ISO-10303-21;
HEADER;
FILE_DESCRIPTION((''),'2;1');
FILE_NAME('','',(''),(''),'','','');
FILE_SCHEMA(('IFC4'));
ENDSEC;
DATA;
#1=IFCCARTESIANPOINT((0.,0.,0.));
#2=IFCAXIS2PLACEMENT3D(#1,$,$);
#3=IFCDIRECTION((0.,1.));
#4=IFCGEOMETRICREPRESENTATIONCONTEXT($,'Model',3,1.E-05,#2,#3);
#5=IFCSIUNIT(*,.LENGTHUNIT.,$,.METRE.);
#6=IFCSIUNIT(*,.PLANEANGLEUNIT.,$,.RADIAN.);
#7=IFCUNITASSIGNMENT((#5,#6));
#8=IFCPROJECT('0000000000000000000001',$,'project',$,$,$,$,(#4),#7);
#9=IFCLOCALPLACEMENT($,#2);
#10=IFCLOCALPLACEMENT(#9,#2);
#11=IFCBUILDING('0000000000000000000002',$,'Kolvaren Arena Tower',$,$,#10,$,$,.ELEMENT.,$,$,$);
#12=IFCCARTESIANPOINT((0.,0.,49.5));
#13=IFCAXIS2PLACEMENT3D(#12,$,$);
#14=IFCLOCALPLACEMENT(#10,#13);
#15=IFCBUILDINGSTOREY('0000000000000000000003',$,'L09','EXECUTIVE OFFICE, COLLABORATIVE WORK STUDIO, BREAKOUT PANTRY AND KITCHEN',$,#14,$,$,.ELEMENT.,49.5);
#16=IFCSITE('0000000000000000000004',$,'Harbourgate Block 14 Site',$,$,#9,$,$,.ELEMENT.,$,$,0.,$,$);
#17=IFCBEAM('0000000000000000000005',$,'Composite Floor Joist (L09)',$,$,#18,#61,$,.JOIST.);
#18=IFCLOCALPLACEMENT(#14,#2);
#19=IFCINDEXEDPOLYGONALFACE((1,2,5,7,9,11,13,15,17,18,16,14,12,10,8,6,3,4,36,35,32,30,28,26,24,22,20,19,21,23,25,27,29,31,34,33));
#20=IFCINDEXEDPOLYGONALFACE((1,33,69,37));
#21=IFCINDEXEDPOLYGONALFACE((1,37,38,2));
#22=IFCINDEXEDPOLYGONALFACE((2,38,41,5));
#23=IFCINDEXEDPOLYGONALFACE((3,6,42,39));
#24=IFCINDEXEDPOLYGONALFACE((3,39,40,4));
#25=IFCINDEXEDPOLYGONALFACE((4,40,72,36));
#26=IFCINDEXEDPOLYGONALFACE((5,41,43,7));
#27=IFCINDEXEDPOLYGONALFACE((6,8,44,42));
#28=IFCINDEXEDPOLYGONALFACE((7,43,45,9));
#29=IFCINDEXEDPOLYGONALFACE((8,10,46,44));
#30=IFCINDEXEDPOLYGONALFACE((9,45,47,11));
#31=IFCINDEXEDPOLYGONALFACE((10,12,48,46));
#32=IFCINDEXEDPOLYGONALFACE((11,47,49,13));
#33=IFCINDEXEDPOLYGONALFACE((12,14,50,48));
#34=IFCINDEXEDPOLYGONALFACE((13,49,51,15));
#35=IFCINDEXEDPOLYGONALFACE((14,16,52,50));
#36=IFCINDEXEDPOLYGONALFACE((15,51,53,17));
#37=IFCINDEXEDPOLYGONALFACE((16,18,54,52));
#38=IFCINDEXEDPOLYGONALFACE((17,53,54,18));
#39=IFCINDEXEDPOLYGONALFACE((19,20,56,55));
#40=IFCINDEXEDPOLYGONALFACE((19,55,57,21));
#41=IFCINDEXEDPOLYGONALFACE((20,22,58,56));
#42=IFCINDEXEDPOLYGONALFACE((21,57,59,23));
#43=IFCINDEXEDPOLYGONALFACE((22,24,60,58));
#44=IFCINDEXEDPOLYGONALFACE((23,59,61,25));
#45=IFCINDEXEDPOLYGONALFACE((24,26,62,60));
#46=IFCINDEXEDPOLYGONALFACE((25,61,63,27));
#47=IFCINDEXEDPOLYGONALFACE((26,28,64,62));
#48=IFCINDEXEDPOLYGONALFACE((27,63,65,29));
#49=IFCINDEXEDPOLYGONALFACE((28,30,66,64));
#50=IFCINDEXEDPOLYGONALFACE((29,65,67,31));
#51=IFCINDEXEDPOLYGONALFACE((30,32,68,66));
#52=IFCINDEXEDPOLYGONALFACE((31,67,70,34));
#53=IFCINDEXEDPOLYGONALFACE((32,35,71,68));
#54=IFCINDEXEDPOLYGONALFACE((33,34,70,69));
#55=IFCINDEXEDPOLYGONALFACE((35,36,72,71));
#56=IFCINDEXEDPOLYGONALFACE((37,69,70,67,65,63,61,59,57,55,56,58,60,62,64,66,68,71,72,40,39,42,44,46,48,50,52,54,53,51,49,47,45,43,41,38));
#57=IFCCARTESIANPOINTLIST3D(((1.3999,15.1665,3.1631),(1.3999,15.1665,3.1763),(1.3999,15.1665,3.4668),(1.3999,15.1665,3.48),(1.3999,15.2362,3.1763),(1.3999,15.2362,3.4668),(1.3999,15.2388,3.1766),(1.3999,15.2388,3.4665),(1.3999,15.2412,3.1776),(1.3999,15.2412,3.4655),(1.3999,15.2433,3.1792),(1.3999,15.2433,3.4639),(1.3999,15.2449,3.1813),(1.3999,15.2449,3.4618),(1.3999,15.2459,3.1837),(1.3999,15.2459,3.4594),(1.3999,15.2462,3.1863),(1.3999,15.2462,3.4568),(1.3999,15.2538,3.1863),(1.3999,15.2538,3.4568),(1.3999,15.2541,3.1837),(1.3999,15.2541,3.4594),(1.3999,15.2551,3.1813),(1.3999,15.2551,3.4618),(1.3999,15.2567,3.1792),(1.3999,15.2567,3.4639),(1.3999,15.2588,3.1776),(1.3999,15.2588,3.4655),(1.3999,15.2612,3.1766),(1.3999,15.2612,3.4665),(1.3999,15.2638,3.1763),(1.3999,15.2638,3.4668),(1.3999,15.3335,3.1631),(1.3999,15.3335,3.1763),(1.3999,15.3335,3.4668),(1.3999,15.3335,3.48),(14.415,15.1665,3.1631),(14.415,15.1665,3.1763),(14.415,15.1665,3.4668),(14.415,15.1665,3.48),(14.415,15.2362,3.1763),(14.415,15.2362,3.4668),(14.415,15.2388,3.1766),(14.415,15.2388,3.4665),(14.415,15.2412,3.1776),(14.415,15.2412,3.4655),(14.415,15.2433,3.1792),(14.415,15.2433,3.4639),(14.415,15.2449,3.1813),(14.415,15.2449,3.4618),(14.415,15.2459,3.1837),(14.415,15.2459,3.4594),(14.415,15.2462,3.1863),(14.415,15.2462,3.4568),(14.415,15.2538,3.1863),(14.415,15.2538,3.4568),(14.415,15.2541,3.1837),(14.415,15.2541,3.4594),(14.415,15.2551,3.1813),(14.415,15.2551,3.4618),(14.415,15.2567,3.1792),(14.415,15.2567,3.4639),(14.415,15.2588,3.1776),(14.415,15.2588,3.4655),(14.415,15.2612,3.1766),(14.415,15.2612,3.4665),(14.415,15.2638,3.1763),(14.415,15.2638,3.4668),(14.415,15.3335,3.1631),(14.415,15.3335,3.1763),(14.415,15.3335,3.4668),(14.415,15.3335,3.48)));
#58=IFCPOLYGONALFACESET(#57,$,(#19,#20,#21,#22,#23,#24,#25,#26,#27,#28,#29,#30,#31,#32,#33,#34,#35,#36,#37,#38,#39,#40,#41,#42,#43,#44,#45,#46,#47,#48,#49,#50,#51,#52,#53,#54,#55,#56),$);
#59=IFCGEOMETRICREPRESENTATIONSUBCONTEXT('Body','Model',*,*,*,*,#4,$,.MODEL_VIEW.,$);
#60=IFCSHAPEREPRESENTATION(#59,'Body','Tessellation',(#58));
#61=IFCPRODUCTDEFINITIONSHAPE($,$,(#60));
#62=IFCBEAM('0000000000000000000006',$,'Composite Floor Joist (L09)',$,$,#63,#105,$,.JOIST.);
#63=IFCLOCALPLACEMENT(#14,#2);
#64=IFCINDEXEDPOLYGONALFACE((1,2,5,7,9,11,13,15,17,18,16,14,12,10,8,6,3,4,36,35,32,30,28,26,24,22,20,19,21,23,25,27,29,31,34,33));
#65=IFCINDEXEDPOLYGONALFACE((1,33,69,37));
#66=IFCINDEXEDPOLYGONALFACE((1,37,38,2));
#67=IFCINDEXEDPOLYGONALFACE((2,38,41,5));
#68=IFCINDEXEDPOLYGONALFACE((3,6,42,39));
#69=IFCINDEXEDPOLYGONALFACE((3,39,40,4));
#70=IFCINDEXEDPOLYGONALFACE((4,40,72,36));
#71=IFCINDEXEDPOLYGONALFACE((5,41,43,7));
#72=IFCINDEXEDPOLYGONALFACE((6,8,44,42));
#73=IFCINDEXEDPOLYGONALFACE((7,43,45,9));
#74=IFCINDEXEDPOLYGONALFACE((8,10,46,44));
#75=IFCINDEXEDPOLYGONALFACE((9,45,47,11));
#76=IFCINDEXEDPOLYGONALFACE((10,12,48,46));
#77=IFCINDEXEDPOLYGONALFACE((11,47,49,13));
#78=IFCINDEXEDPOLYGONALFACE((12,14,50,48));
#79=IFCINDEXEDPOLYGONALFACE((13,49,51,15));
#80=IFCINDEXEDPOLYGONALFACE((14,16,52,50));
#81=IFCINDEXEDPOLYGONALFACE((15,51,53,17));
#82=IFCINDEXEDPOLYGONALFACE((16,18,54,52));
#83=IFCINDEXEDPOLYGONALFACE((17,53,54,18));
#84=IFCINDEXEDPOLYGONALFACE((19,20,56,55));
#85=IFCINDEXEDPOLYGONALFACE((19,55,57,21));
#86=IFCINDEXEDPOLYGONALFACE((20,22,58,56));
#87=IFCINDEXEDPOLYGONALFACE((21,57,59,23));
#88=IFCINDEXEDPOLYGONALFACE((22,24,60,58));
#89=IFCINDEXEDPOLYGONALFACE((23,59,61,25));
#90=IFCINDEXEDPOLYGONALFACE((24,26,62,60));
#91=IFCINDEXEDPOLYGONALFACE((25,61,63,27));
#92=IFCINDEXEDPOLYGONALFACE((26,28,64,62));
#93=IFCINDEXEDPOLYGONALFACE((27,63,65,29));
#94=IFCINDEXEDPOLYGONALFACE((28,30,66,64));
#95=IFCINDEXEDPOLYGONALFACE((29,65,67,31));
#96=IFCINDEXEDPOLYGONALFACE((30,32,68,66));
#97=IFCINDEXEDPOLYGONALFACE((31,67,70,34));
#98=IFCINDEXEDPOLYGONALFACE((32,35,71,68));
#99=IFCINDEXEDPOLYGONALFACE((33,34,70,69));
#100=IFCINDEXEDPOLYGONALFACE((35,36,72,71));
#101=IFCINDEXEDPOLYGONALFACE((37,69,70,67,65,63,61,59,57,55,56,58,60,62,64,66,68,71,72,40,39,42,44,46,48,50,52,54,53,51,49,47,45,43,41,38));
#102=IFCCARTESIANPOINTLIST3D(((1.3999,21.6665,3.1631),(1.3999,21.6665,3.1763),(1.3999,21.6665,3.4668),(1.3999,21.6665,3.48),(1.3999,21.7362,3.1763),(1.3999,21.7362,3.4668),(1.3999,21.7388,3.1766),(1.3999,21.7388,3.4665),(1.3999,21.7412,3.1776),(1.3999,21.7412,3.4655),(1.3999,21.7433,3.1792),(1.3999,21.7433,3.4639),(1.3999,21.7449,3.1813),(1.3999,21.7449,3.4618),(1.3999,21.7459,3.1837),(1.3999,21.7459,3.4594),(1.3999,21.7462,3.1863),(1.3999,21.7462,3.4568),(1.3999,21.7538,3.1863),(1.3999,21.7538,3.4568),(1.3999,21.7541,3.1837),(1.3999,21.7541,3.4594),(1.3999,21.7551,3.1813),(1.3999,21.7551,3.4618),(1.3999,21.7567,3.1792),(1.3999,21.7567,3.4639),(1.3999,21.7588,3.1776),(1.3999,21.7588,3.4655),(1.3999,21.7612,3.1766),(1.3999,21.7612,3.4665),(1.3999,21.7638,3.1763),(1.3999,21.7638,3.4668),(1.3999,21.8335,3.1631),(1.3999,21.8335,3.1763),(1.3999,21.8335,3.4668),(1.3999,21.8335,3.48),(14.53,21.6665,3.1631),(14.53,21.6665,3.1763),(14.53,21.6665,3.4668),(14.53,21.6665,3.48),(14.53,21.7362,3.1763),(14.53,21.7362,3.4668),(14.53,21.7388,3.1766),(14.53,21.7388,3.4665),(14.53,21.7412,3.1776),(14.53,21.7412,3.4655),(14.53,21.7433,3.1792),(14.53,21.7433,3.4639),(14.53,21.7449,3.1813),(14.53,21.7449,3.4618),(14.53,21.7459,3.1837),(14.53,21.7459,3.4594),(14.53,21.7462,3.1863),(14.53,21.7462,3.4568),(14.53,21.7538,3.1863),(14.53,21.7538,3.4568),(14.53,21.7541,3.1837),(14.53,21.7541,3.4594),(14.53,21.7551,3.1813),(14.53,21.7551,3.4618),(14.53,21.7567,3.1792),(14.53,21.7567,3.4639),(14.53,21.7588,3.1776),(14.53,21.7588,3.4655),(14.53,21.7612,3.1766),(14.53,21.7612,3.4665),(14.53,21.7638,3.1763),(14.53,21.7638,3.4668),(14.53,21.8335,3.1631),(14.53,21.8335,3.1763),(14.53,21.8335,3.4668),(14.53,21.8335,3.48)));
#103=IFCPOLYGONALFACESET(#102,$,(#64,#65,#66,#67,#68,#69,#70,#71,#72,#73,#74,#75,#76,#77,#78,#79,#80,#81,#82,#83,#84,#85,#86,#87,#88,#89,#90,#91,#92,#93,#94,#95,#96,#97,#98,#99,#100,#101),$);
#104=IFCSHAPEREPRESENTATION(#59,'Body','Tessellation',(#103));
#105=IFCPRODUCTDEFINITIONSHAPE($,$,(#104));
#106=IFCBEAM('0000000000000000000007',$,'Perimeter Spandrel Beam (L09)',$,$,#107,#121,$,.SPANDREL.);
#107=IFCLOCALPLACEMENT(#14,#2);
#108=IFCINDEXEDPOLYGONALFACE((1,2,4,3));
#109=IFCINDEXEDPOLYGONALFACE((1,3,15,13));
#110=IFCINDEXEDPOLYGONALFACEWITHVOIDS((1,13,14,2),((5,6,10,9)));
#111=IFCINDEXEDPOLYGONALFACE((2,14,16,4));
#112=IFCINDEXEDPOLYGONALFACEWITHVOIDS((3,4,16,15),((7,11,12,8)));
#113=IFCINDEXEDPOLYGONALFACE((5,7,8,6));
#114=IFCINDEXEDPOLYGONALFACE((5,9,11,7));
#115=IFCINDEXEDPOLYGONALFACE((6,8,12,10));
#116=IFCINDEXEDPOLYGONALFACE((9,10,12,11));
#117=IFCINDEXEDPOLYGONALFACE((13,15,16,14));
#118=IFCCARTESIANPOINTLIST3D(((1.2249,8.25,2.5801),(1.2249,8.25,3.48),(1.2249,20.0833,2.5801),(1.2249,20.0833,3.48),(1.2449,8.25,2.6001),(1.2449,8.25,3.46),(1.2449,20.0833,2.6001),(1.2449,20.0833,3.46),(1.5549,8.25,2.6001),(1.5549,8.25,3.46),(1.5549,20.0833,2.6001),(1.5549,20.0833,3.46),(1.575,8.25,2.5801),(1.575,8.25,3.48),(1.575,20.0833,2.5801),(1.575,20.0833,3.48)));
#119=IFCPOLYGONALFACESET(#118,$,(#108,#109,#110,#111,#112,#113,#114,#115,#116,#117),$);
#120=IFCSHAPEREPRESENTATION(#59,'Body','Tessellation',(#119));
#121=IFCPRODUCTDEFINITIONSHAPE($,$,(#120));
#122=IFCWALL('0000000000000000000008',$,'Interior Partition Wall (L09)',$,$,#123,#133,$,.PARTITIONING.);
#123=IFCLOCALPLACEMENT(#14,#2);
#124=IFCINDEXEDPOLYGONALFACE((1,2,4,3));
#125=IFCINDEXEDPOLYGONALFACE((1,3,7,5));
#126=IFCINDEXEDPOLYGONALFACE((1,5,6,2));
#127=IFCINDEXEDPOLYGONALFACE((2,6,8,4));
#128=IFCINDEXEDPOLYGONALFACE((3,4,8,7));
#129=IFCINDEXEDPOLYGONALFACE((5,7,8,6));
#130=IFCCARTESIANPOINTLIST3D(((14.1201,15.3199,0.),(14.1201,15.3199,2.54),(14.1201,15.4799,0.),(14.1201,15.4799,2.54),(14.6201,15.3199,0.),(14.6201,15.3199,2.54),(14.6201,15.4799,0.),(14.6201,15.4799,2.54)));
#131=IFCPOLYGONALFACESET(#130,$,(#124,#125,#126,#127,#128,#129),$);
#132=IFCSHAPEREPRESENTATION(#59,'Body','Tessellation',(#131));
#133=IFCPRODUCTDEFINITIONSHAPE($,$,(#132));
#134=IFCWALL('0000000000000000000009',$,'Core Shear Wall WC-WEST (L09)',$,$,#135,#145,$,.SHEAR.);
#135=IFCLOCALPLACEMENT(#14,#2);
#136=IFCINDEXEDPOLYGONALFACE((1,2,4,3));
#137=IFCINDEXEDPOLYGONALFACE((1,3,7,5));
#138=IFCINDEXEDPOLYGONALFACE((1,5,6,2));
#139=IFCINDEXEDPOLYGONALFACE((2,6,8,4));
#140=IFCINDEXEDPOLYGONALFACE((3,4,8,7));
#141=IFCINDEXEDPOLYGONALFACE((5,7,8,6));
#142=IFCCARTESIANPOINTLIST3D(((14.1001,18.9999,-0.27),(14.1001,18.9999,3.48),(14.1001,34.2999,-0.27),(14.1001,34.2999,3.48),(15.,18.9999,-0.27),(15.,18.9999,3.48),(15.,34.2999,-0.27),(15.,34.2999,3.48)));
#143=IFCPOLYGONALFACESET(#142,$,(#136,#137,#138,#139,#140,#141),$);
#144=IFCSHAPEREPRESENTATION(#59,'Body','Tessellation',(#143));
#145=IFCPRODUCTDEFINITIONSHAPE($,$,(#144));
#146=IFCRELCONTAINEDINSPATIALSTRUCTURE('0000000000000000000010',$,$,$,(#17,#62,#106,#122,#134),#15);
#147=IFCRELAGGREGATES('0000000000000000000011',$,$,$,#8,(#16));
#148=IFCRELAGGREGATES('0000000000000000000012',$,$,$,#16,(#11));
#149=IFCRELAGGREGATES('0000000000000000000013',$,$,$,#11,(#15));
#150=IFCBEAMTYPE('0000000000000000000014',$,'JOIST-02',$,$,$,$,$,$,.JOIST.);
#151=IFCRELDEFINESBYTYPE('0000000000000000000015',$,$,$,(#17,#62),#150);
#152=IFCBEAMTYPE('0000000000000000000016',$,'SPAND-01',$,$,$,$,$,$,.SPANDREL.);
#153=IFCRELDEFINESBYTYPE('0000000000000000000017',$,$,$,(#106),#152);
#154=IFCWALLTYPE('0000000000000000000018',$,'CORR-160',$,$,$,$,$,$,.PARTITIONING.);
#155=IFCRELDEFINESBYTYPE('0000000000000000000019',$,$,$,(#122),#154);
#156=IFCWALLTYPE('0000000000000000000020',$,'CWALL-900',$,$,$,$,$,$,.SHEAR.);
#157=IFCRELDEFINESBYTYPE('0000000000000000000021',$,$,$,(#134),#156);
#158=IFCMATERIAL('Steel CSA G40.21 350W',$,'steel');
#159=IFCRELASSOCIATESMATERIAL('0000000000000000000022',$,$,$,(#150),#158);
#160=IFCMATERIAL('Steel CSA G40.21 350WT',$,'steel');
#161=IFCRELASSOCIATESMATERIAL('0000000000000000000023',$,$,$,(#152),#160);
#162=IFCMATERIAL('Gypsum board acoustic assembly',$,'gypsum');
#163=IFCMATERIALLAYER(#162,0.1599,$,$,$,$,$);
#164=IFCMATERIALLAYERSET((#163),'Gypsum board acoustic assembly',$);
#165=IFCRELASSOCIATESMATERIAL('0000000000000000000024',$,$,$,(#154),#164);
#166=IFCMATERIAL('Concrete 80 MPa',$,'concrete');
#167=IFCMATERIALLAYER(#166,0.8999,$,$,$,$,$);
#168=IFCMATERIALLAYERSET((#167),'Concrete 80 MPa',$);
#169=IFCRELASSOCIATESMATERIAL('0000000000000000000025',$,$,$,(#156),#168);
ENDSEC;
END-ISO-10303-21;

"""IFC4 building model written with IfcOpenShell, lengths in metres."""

from ifc_helpers import new_model, si_unit, direction, frame, frame_2d, origin, origin_2d, place, context, subcontext, project, spatial, rectangle, hollow_rectangle, i_section, extrude, material, layer, layer_set, material_profile, profile_set, type_object, element, save


model = new_model("IFC4")

# Units and contexts
model_context = context("Model", 3, precision=1e-05, world=origin(), true_north=direction((0.0, 1.0)))
body_context = subcontext(model_context, "Body", "Model", "MODEL_VIEW")
ifc_project = project(units=[si_unit("LENGTHUNIT", "METRE"), si_unit("PLANEANGLEUNIT", "RADIAN")], contexts=[model_context])

# Site, building, storey
site_placement = place(None, origin())
site = spatial("IfcSite", under=ifc_project, at=site_placement, Name="Harbourgate Block 14 Site", CompositionType="ELEMENT", RefElevation=0.0)
building_placement = place(site_placement, origin())
building = spatial("IfcBuilding", under=site, at=building_placement, Name="Kolvaren Arena Tower", CompositionType="ELEMENT")
storey_placement = place(building_placement, frame((0.0, 0.0, 49.5)))
storey = spatial("IfcBuildingStorey", under=building, at=storey_placement, Name="L09", Description="EXECUTIVE OFFICE, COLLABORATIVE WORK STUDIO, BREAKOUT PANTRY AND KITCHEN", CompositionType="ELEMENT", Elevation=49.5)

# Beams
ifc_material_1 = material(Name="Steel CSA G40.21 350W", Category="steel")
ifc_material_profile_1 = material_profile(ifc_material_1, i_section(OverallWidth=0.167, OverallDepth=0.3169, WebThickness=0.0076, FlangeThickness=0.0132, FilletRadius=0.01, at=origin_2d()), Name="W310x52")
ifc_profile_set_1 = profile_set([ifc_material_profile_1], Name="Steel CSA G40.21 350W")
beam_type_1 = type_object("IfcBeamType", Name="JOIST-02", PredefinedType="JOIST", material=ifc_profile_set_1)
beam_1_placement = place(storey_placement, frame((1.3999, 15.25, 3.3215), z_axis=(1.0, 0.0, 0.0), x_axis=(0.0, 1.0, 0.0)))
element("IfcBeam", 1, at=beam_1_placement, inside=storey, type_object=beam_type_1, Name="Composite Floor Joist (L09)", PredefinedType="JOIST", context=body_context, shape_type="SweptSolid", body=[
    extrude(i_section(OverallWidth=0.167, OverallDepth=0.3169, WebThickness=0.0076, FlangeThickness=0.0132, FilletRadius=0.01, at=origin_2d()), origin(), (0.0, 0.0, 1.0), 13.0151),
])
beam_2_placement = place(storey_placement, frame((1.3999, 21.75, 3.3215), z_axis=(1.0, 0.0, 0.0), x_axis=(0.0, 1.0, 0.0)))
element("IfcBeam", 2, at=beam_2_placement, inside=storey, type_object=beam_type_1, Name="Composite Floor Joist (L09)", PredefinedType="JOIST", context=body_context, shape_type="SweptSolid", body=[
    extrude(i_section(OverallWidth=0.167, OverallDepth=0.3169, WebThickness=0.0076, FlangeThickness=0.0132, FilletRadius=0.01, at=origin_2d()), origin(), (0.0, 0.0, 1.0), 13.1301),
])
ifc_material_2 = material(Name="Steel CSA G40.21 350WT", Category="steel")
ifc_material_profile_2 = material_profile(ifc_material_2, hollow_rectangle(XDim=0.3501, YDim=0.8999, WallThickness=0.02, at=origin_2d()), Name="HSS 900x350x20")
ifc_profile_set_2 = profile_set([ifc_material_profile_2], Name="Steel CSA G40.21 350WT")
beam_type_2 = type_object("IfcBeamType", Name="SPAND-01", PredefinedType="SPANDREL", material=ifc_profile_set_2)
beam_3_placement = place(storey_placement, frame((1.3999, 20.0833, 3.03), z_axis=(0.0, -1.0, 0.0), x_axis=(1.0, 0.0, 0.0)))
element("IfcBeam", 3, at=beam_3_placement, inside=storey, type_object=beam_type_2, Name="Perimeter Spandrel Beam (L09)", PredefinedType="SPANDREL", context=body_context, shape_type="SweptSolid", body=[
    extrude(hollow_rectangle(XDim=0.3501, YDim=0.8999, WallThickness=0.02, at=origin_2d()), origin(), (0.0, 0.0, 1.0), 11.8333),
])

# Walls
ifc_material_3 = material(Name="Gypsum board acoustic assembly", Category="gypsum")
ifc_layer_1 = layer(ifc_material_3, 0.1599)
ifc_layer_set_1 = layer_set([ifc_layer_1], Name="Gypsum board acoustic assembly")
wall_type_1 = type_object("IfcWallType", Name="CORR-160", PredefinedType="PARTITIONING", material=ifc_layer_set_1)
wall_1_placement = place(storey_placement, frame((14.1201, 15.3999, 0.0), z_axis=(0.0, 0.0, 1.0), x_axis=(1.0, 0.0, 0.0)))
element("IfcWall", 4, at=wall_1_placement, inside=storey, type_object=wall_type_1, Name="Interior Partition Wall (L09)", PredefinedType="PARTITIONING", context=body_context, shape_type="SweptSolid", body=[
    extrude(rectangle(XDim=0.5, YDim=0.1599, at=frame_2d((0.25, 0.0))), origin(), (0.0, 0.0, 1.0), 2.54),
])
ifc_material_4 = material(Name="Concrete 80 MPa", Category="concrete")
ifc_layer_2 = layer(ifc_material_4, 0.8999)
ifc_layer_set_2 = layer_set([ifc_layer_2], Name="Concrete 80 MPa")
wall_type_2 = type_object("IfcWallType", Name="CWALL-900", PredefinedType="SHEAR", material=ifc_layer_set_2)
wall_2_placement = place(storey_placement, frame((14.55, 19.0, -0.27), z_axis=(0.0, 0.0, 1.0), x_axis=(0.0, 1.0, 0.0)))
element("IfcWall", 5, at=wall_2_placement, inside=storey, type_object=wall_type_2, Name="Core Shear Wall WC-WEST (L09)", PredefinedType="SHEAR", context=body_context, shape_type="SweptSolid", body=[
    extrude(rectangle(XDim=15.3, YDim=0.8999, at=frame_2d((7.6499, 0.0))), origin(), (0.0, 0.0, 1.0), 3.75),
])

save(model, "model.ifc")
